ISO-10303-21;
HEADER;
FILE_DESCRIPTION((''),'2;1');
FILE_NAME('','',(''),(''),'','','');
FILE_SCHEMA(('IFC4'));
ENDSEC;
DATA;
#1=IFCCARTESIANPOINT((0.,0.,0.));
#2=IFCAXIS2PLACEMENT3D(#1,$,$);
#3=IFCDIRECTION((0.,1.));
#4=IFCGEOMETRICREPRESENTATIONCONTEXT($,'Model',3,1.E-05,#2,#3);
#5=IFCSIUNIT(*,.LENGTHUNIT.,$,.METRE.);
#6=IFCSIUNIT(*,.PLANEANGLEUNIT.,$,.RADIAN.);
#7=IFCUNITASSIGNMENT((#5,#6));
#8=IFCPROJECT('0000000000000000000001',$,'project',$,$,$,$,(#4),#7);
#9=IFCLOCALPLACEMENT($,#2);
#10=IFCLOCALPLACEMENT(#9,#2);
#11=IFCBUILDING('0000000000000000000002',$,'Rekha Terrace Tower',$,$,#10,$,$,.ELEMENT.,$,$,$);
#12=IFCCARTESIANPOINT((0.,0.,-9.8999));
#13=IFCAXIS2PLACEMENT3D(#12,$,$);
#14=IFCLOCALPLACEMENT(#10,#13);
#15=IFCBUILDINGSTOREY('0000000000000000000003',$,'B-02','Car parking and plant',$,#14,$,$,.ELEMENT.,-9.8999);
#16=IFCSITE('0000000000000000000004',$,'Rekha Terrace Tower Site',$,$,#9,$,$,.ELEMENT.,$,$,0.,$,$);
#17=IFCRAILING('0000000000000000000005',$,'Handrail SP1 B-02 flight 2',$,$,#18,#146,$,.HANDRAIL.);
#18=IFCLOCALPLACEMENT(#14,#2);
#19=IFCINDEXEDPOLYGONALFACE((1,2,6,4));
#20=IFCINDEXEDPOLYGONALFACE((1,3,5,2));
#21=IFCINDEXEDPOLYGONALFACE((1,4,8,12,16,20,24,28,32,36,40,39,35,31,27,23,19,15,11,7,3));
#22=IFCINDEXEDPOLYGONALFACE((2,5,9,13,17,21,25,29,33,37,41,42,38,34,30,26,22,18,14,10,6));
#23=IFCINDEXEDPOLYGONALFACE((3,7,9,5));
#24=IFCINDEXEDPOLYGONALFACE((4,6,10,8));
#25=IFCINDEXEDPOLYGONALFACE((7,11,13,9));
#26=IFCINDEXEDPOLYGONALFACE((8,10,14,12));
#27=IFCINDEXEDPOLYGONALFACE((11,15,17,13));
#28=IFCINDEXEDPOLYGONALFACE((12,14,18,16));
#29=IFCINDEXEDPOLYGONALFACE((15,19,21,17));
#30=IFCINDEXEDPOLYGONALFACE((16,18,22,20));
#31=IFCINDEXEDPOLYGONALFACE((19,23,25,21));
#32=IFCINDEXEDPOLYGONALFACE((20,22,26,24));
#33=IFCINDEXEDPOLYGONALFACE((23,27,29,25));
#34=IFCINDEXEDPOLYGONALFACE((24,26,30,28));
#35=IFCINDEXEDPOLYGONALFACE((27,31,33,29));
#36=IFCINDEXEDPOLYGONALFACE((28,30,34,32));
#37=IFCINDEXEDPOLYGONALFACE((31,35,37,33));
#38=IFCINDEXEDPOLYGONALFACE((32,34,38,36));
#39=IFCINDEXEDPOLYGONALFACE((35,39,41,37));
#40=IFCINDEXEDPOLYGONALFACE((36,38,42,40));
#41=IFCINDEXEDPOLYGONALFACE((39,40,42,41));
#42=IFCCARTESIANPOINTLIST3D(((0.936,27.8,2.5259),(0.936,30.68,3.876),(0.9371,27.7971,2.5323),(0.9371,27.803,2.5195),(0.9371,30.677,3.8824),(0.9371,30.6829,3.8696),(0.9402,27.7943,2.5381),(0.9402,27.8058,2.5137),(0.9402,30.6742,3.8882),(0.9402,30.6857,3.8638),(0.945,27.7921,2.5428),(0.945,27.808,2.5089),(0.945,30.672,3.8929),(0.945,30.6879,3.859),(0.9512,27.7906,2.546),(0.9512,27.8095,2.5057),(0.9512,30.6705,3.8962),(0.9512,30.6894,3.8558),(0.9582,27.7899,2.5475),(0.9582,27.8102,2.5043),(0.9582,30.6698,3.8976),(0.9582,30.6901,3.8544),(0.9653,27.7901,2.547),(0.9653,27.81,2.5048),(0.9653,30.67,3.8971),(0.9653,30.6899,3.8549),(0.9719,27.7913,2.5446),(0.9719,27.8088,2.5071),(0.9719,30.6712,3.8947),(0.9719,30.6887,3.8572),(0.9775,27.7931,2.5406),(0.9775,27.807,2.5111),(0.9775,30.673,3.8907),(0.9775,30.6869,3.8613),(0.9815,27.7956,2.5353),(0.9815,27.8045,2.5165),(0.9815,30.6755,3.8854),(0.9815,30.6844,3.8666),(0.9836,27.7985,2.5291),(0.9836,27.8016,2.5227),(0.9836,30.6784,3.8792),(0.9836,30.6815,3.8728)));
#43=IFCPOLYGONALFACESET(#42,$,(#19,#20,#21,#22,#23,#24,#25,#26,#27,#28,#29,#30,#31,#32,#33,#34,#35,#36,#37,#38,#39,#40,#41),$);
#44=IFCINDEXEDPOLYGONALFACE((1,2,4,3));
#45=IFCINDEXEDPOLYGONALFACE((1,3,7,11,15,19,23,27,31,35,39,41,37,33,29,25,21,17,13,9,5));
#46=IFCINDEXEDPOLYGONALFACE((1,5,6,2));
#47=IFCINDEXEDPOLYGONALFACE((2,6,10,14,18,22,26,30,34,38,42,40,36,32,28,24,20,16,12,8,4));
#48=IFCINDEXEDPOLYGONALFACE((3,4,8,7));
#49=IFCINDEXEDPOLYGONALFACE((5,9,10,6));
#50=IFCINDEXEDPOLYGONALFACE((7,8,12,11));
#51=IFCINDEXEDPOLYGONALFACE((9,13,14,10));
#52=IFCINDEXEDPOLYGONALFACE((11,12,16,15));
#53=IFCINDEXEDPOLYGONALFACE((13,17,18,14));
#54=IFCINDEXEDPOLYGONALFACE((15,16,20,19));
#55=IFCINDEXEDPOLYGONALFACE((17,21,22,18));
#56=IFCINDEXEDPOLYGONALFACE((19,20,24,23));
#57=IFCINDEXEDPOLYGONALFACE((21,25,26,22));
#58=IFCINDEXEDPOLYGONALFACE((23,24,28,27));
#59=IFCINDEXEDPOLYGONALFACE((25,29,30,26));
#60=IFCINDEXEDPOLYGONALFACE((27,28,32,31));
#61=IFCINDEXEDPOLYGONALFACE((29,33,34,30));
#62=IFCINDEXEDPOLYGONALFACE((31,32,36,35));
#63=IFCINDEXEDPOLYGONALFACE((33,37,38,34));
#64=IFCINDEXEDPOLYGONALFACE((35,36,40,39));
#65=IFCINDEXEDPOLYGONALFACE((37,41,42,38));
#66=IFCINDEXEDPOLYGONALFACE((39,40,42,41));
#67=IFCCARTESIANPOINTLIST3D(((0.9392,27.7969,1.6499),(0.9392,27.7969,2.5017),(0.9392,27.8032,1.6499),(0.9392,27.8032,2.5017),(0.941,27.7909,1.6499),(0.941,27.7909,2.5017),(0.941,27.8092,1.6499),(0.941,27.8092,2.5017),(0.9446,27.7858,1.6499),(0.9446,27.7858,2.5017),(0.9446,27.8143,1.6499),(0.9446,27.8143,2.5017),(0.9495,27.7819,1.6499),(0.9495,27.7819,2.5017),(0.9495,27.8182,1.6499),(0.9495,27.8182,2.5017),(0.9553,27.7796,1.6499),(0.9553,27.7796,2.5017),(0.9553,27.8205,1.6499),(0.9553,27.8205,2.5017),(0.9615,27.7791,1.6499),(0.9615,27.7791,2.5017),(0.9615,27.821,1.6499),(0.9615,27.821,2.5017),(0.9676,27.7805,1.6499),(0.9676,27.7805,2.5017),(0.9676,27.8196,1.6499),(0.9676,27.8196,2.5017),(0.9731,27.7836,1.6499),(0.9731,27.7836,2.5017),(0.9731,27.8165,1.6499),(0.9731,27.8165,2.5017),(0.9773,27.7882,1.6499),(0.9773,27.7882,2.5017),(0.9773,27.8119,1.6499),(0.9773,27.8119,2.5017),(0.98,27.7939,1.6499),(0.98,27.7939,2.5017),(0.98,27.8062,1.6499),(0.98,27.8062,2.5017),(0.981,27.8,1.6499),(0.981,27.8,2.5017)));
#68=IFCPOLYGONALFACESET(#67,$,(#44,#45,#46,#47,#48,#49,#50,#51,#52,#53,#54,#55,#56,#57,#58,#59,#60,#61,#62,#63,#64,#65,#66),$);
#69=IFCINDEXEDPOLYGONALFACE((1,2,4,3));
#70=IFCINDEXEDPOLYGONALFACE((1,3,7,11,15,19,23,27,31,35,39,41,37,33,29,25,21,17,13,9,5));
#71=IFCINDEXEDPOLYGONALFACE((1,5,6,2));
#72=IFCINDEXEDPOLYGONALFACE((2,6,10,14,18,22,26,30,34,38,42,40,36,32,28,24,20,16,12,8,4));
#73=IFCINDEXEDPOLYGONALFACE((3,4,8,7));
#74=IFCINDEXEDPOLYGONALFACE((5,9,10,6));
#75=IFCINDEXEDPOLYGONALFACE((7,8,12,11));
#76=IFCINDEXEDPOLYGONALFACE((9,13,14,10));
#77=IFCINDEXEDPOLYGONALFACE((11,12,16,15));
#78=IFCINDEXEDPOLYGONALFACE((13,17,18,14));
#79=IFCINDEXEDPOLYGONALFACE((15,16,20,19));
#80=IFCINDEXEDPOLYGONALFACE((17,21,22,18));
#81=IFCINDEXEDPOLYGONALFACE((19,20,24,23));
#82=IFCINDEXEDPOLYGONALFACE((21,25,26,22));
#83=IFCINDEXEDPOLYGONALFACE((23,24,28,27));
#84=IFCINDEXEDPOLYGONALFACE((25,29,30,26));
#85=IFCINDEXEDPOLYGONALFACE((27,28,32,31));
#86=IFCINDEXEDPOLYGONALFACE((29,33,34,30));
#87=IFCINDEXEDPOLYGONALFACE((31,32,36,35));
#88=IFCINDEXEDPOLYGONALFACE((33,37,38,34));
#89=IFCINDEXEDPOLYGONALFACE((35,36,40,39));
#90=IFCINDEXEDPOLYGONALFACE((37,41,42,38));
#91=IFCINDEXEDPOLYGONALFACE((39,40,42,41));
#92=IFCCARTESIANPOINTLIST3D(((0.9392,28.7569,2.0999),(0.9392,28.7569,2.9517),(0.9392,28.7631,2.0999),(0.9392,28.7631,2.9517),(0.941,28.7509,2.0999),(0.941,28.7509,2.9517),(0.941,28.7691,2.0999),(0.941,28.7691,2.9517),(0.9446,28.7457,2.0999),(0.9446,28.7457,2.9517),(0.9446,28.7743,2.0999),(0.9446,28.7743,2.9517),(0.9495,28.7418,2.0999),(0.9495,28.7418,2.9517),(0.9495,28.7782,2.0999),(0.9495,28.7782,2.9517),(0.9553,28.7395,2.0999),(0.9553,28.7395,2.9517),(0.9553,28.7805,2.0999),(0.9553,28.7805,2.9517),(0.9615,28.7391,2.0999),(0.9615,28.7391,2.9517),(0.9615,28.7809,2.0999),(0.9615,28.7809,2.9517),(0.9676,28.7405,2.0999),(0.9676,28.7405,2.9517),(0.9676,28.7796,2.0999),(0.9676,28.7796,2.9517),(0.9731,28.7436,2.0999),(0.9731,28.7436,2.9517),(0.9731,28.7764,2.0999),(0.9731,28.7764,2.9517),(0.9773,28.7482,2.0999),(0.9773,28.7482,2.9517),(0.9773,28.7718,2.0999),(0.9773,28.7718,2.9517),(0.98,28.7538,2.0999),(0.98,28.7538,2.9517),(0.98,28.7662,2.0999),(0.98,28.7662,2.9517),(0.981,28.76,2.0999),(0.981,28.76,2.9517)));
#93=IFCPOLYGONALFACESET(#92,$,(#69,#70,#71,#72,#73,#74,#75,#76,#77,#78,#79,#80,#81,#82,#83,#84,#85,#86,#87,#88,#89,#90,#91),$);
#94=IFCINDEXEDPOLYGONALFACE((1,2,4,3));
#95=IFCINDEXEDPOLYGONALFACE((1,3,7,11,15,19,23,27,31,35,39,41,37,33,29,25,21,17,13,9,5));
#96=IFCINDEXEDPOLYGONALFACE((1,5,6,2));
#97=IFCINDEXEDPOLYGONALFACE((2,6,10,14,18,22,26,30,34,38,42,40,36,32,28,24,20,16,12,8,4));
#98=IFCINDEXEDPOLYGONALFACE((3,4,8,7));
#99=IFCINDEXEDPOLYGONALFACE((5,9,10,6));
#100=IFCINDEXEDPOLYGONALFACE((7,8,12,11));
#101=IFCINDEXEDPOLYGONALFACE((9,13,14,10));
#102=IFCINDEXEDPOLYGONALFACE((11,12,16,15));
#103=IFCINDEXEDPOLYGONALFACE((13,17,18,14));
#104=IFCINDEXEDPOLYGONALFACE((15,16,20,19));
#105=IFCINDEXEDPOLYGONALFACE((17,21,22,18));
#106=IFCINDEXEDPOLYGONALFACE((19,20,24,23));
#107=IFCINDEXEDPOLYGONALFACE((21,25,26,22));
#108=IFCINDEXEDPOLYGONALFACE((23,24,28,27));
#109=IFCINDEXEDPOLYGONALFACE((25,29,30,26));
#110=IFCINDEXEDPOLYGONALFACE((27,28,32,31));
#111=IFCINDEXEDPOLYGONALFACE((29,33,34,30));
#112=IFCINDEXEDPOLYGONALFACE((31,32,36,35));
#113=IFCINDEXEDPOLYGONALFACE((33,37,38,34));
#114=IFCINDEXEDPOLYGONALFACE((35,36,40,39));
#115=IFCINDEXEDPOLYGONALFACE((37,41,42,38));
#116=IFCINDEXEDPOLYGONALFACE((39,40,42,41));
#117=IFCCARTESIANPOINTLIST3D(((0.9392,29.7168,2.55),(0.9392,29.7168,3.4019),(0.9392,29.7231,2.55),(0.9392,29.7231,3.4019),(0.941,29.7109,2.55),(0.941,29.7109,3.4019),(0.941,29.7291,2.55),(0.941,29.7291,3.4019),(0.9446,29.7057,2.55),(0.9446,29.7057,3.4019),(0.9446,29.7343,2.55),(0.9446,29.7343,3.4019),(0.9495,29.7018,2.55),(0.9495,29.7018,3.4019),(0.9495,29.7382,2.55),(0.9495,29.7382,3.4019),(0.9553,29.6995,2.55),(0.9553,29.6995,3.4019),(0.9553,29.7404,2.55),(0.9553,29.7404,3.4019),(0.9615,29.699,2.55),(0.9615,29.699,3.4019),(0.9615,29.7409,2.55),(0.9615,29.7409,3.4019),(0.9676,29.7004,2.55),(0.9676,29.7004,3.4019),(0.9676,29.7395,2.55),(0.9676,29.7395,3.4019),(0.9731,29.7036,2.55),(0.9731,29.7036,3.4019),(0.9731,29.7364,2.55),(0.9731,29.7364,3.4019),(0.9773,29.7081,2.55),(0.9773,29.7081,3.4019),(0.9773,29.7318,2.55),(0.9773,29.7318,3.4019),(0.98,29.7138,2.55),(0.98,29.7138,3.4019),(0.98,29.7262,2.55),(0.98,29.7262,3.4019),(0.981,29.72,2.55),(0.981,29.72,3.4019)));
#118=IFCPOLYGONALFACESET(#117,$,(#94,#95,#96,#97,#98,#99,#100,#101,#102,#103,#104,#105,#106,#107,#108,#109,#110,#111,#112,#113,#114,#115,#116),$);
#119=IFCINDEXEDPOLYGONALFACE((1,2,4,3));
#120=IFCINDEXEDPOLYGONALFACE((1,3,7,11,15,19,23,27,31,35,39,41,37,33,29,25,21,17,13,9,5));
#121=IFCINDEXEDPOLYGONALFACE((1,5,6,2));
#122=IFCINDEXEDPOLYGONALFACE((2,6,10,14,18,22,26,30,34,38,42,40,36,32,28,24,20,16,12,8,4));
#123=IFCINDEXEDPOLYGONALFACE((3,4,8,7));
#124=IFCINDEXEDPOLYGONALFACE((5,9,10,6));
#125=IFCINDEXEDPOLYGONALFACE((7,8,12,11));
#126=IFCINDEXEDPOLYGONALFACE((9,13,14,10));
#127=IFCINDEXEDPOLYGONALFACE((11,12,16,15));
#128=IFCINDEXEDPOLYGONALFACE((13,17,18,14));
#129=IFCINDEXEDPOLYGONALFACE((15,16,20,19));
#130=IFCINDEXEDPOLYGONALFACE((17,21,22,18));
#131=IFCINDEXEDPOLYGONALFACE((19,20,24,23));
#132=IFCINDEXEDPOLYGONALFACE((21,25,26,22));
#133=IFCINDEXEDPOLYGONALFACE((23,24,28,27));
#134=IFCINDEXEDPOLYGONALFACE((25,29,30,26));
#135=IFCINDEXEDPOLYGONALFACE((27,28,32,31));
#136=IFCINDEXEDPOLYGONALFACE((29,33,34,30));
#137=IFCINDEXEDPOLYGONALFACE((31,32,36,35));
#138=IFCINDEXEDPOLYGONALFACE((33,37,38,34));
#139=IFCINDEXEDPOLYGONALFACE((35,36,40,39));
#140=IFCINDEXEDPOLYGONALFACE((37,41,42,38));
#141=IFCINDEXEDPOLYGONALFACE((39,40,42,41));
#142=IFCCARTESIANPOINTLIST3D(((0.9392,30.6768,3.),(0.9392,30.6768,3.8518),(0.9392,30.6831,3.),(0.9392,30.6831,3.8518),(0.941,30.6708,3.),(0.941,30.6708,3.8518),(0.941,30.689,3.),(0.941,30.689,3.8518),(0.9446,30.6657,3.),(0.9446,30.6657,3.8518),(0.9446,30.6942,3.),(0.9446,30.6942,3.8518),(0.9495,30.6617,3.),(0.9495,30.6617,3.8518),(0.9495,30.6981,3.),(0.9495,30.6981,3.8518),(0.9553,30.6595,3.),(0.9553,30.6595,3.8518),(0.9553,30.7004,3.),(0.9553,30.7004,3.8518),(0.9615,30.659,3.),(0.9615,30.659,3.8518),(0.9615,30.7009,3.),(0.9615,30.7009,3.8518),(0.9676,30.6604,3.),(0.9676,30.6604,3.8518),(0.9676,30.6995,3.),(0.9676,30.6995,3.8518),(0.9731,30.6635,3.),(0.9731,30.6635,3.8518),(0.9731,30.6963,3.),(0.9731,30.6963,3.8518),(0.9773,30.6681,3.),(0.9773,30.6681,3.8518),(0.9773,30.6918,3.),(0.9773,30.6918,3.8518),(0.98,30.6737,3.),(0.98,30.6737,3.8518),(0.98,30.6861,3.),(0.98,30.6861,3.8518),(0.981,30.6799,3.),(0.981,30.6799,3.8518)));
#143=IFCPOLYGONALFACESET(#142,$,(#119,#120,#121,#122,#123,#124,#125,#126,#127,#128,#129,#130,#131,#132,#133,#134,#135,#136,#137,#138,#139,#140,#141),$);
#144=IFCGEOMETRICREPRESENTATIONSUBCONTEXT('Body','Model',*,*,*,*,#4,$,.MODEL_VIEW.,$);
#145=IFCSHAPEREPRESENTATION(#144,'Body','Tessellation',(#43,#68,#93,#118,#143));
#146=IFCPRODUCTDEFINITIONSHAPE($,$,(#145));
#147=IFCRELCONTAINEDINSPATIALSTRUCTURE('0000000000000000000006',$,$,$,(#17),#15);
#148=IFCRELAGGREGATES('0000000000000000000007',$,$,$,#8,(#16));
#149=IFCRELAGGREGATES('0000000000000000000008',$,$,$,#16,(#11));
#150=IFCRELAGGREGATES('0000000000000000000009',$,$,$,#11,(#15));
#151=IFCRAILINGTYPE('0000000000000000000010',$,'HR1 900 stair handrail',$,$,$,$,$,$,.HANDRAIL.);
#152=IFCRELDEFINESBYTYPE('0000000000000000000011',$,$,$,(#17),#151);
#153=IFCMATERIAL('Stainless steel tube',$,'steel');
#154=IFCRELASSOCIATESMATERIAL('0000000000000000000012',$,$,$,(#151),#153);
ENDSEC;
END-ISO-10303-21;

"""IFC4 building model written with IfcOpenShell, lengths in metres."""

from ifc_helpers import new_model, si_unit, direction, frame, origin, origin_2d, place, context, subcontext, project, spatial, circle, extrude, material, type_object, element, save


model = new_model("IFC4")

# Units and contexts
model_context = context("Model", 3, precision=1e-05, world=origin(), true_north=direction((0.0, 1.0)))
body_context = subcontext(model_context, "Body", "Model", "MODEL_VIEW")
ifc_project = project(units=[si_unit("LENGTHUNIT", "METRE"), si_unit("PLANEANGLEUNIT", "RADIAN")], contexts=[model_context])

# Site, building, storey
site_placement = place(None, origin())
site = spatial("IfcSite", under=ifc_project, at=site_placement, Name="Rekha Terrace Tower Site", CompositionType="ELEMENT", RefElevation=0.0)
building_placement = place(site_placement, origin())
building = spatial("IfcBuilding", under=site, at=building_placement, Name="Rekha Terrace Tower", CompositionType="ELEMENT")
storey_placement = place(building_placement, frame((0.0, 0.0, -9.8999)))
storey = spatial("IfcBuildingStorey", under=building, at=storey_placement, Name="B-02", Description="Car parking and plant", CompositionType="ELEMENT", Elevation=-9.8999)

# Railing
ifc_material_1 = material(Name="Stainless steel tube", Category="steel")
railing_type_1 = type_object("IfcRailingType", Name="HR1 900 stair handrail", PredefinedType="HANDRAIL", material=ifc_material_1)
railing_1_placement = place(storey_placement, frame((0.96, 27.8, 1.6499)))
element("IfcRailing", 1, at=railing_1_placement, inside=storey, type_object=railing_type_1, Name="Handrail SP1 B-02 flight 2", PredefinedType="HANDRAIL", context=body_context, shape_type="SweptSolid", body=[
    extrude(circle(Radius=0.0239, at=origin_2d()), frame((0.0, 0.0, 0.876), z_axis=(0.0, 0.90544, 0.424473), x_axis=(-1.0, 0.0, 0.0)), (0.0, 0.0, 1.0), 3.1807),
    extrude(circle(Radius=0.021, at=origin_2d()), origin(), (0.0, 0.0, 1.0), 0.8518),
    extrude(circle(Radius=0.021, at=origin_2d()), frame((0.0, 0.96, 0.45)), (0.0, 0.0, 1.0), 0.8518),
    extrude(circle(Radius=0.021, at=origin_2d()), frame((0.0, 1.9199, 0.9001)), (0.0, 0.0, 1.0), 0.8518),
    extrude(circle(Radius=0.021, at=origin_2d()), frame((0.0, 2.8799, 1.3501)), (0.0, 0.0, 1.0), 0.8518),
])

save(model, "model.ifc")
